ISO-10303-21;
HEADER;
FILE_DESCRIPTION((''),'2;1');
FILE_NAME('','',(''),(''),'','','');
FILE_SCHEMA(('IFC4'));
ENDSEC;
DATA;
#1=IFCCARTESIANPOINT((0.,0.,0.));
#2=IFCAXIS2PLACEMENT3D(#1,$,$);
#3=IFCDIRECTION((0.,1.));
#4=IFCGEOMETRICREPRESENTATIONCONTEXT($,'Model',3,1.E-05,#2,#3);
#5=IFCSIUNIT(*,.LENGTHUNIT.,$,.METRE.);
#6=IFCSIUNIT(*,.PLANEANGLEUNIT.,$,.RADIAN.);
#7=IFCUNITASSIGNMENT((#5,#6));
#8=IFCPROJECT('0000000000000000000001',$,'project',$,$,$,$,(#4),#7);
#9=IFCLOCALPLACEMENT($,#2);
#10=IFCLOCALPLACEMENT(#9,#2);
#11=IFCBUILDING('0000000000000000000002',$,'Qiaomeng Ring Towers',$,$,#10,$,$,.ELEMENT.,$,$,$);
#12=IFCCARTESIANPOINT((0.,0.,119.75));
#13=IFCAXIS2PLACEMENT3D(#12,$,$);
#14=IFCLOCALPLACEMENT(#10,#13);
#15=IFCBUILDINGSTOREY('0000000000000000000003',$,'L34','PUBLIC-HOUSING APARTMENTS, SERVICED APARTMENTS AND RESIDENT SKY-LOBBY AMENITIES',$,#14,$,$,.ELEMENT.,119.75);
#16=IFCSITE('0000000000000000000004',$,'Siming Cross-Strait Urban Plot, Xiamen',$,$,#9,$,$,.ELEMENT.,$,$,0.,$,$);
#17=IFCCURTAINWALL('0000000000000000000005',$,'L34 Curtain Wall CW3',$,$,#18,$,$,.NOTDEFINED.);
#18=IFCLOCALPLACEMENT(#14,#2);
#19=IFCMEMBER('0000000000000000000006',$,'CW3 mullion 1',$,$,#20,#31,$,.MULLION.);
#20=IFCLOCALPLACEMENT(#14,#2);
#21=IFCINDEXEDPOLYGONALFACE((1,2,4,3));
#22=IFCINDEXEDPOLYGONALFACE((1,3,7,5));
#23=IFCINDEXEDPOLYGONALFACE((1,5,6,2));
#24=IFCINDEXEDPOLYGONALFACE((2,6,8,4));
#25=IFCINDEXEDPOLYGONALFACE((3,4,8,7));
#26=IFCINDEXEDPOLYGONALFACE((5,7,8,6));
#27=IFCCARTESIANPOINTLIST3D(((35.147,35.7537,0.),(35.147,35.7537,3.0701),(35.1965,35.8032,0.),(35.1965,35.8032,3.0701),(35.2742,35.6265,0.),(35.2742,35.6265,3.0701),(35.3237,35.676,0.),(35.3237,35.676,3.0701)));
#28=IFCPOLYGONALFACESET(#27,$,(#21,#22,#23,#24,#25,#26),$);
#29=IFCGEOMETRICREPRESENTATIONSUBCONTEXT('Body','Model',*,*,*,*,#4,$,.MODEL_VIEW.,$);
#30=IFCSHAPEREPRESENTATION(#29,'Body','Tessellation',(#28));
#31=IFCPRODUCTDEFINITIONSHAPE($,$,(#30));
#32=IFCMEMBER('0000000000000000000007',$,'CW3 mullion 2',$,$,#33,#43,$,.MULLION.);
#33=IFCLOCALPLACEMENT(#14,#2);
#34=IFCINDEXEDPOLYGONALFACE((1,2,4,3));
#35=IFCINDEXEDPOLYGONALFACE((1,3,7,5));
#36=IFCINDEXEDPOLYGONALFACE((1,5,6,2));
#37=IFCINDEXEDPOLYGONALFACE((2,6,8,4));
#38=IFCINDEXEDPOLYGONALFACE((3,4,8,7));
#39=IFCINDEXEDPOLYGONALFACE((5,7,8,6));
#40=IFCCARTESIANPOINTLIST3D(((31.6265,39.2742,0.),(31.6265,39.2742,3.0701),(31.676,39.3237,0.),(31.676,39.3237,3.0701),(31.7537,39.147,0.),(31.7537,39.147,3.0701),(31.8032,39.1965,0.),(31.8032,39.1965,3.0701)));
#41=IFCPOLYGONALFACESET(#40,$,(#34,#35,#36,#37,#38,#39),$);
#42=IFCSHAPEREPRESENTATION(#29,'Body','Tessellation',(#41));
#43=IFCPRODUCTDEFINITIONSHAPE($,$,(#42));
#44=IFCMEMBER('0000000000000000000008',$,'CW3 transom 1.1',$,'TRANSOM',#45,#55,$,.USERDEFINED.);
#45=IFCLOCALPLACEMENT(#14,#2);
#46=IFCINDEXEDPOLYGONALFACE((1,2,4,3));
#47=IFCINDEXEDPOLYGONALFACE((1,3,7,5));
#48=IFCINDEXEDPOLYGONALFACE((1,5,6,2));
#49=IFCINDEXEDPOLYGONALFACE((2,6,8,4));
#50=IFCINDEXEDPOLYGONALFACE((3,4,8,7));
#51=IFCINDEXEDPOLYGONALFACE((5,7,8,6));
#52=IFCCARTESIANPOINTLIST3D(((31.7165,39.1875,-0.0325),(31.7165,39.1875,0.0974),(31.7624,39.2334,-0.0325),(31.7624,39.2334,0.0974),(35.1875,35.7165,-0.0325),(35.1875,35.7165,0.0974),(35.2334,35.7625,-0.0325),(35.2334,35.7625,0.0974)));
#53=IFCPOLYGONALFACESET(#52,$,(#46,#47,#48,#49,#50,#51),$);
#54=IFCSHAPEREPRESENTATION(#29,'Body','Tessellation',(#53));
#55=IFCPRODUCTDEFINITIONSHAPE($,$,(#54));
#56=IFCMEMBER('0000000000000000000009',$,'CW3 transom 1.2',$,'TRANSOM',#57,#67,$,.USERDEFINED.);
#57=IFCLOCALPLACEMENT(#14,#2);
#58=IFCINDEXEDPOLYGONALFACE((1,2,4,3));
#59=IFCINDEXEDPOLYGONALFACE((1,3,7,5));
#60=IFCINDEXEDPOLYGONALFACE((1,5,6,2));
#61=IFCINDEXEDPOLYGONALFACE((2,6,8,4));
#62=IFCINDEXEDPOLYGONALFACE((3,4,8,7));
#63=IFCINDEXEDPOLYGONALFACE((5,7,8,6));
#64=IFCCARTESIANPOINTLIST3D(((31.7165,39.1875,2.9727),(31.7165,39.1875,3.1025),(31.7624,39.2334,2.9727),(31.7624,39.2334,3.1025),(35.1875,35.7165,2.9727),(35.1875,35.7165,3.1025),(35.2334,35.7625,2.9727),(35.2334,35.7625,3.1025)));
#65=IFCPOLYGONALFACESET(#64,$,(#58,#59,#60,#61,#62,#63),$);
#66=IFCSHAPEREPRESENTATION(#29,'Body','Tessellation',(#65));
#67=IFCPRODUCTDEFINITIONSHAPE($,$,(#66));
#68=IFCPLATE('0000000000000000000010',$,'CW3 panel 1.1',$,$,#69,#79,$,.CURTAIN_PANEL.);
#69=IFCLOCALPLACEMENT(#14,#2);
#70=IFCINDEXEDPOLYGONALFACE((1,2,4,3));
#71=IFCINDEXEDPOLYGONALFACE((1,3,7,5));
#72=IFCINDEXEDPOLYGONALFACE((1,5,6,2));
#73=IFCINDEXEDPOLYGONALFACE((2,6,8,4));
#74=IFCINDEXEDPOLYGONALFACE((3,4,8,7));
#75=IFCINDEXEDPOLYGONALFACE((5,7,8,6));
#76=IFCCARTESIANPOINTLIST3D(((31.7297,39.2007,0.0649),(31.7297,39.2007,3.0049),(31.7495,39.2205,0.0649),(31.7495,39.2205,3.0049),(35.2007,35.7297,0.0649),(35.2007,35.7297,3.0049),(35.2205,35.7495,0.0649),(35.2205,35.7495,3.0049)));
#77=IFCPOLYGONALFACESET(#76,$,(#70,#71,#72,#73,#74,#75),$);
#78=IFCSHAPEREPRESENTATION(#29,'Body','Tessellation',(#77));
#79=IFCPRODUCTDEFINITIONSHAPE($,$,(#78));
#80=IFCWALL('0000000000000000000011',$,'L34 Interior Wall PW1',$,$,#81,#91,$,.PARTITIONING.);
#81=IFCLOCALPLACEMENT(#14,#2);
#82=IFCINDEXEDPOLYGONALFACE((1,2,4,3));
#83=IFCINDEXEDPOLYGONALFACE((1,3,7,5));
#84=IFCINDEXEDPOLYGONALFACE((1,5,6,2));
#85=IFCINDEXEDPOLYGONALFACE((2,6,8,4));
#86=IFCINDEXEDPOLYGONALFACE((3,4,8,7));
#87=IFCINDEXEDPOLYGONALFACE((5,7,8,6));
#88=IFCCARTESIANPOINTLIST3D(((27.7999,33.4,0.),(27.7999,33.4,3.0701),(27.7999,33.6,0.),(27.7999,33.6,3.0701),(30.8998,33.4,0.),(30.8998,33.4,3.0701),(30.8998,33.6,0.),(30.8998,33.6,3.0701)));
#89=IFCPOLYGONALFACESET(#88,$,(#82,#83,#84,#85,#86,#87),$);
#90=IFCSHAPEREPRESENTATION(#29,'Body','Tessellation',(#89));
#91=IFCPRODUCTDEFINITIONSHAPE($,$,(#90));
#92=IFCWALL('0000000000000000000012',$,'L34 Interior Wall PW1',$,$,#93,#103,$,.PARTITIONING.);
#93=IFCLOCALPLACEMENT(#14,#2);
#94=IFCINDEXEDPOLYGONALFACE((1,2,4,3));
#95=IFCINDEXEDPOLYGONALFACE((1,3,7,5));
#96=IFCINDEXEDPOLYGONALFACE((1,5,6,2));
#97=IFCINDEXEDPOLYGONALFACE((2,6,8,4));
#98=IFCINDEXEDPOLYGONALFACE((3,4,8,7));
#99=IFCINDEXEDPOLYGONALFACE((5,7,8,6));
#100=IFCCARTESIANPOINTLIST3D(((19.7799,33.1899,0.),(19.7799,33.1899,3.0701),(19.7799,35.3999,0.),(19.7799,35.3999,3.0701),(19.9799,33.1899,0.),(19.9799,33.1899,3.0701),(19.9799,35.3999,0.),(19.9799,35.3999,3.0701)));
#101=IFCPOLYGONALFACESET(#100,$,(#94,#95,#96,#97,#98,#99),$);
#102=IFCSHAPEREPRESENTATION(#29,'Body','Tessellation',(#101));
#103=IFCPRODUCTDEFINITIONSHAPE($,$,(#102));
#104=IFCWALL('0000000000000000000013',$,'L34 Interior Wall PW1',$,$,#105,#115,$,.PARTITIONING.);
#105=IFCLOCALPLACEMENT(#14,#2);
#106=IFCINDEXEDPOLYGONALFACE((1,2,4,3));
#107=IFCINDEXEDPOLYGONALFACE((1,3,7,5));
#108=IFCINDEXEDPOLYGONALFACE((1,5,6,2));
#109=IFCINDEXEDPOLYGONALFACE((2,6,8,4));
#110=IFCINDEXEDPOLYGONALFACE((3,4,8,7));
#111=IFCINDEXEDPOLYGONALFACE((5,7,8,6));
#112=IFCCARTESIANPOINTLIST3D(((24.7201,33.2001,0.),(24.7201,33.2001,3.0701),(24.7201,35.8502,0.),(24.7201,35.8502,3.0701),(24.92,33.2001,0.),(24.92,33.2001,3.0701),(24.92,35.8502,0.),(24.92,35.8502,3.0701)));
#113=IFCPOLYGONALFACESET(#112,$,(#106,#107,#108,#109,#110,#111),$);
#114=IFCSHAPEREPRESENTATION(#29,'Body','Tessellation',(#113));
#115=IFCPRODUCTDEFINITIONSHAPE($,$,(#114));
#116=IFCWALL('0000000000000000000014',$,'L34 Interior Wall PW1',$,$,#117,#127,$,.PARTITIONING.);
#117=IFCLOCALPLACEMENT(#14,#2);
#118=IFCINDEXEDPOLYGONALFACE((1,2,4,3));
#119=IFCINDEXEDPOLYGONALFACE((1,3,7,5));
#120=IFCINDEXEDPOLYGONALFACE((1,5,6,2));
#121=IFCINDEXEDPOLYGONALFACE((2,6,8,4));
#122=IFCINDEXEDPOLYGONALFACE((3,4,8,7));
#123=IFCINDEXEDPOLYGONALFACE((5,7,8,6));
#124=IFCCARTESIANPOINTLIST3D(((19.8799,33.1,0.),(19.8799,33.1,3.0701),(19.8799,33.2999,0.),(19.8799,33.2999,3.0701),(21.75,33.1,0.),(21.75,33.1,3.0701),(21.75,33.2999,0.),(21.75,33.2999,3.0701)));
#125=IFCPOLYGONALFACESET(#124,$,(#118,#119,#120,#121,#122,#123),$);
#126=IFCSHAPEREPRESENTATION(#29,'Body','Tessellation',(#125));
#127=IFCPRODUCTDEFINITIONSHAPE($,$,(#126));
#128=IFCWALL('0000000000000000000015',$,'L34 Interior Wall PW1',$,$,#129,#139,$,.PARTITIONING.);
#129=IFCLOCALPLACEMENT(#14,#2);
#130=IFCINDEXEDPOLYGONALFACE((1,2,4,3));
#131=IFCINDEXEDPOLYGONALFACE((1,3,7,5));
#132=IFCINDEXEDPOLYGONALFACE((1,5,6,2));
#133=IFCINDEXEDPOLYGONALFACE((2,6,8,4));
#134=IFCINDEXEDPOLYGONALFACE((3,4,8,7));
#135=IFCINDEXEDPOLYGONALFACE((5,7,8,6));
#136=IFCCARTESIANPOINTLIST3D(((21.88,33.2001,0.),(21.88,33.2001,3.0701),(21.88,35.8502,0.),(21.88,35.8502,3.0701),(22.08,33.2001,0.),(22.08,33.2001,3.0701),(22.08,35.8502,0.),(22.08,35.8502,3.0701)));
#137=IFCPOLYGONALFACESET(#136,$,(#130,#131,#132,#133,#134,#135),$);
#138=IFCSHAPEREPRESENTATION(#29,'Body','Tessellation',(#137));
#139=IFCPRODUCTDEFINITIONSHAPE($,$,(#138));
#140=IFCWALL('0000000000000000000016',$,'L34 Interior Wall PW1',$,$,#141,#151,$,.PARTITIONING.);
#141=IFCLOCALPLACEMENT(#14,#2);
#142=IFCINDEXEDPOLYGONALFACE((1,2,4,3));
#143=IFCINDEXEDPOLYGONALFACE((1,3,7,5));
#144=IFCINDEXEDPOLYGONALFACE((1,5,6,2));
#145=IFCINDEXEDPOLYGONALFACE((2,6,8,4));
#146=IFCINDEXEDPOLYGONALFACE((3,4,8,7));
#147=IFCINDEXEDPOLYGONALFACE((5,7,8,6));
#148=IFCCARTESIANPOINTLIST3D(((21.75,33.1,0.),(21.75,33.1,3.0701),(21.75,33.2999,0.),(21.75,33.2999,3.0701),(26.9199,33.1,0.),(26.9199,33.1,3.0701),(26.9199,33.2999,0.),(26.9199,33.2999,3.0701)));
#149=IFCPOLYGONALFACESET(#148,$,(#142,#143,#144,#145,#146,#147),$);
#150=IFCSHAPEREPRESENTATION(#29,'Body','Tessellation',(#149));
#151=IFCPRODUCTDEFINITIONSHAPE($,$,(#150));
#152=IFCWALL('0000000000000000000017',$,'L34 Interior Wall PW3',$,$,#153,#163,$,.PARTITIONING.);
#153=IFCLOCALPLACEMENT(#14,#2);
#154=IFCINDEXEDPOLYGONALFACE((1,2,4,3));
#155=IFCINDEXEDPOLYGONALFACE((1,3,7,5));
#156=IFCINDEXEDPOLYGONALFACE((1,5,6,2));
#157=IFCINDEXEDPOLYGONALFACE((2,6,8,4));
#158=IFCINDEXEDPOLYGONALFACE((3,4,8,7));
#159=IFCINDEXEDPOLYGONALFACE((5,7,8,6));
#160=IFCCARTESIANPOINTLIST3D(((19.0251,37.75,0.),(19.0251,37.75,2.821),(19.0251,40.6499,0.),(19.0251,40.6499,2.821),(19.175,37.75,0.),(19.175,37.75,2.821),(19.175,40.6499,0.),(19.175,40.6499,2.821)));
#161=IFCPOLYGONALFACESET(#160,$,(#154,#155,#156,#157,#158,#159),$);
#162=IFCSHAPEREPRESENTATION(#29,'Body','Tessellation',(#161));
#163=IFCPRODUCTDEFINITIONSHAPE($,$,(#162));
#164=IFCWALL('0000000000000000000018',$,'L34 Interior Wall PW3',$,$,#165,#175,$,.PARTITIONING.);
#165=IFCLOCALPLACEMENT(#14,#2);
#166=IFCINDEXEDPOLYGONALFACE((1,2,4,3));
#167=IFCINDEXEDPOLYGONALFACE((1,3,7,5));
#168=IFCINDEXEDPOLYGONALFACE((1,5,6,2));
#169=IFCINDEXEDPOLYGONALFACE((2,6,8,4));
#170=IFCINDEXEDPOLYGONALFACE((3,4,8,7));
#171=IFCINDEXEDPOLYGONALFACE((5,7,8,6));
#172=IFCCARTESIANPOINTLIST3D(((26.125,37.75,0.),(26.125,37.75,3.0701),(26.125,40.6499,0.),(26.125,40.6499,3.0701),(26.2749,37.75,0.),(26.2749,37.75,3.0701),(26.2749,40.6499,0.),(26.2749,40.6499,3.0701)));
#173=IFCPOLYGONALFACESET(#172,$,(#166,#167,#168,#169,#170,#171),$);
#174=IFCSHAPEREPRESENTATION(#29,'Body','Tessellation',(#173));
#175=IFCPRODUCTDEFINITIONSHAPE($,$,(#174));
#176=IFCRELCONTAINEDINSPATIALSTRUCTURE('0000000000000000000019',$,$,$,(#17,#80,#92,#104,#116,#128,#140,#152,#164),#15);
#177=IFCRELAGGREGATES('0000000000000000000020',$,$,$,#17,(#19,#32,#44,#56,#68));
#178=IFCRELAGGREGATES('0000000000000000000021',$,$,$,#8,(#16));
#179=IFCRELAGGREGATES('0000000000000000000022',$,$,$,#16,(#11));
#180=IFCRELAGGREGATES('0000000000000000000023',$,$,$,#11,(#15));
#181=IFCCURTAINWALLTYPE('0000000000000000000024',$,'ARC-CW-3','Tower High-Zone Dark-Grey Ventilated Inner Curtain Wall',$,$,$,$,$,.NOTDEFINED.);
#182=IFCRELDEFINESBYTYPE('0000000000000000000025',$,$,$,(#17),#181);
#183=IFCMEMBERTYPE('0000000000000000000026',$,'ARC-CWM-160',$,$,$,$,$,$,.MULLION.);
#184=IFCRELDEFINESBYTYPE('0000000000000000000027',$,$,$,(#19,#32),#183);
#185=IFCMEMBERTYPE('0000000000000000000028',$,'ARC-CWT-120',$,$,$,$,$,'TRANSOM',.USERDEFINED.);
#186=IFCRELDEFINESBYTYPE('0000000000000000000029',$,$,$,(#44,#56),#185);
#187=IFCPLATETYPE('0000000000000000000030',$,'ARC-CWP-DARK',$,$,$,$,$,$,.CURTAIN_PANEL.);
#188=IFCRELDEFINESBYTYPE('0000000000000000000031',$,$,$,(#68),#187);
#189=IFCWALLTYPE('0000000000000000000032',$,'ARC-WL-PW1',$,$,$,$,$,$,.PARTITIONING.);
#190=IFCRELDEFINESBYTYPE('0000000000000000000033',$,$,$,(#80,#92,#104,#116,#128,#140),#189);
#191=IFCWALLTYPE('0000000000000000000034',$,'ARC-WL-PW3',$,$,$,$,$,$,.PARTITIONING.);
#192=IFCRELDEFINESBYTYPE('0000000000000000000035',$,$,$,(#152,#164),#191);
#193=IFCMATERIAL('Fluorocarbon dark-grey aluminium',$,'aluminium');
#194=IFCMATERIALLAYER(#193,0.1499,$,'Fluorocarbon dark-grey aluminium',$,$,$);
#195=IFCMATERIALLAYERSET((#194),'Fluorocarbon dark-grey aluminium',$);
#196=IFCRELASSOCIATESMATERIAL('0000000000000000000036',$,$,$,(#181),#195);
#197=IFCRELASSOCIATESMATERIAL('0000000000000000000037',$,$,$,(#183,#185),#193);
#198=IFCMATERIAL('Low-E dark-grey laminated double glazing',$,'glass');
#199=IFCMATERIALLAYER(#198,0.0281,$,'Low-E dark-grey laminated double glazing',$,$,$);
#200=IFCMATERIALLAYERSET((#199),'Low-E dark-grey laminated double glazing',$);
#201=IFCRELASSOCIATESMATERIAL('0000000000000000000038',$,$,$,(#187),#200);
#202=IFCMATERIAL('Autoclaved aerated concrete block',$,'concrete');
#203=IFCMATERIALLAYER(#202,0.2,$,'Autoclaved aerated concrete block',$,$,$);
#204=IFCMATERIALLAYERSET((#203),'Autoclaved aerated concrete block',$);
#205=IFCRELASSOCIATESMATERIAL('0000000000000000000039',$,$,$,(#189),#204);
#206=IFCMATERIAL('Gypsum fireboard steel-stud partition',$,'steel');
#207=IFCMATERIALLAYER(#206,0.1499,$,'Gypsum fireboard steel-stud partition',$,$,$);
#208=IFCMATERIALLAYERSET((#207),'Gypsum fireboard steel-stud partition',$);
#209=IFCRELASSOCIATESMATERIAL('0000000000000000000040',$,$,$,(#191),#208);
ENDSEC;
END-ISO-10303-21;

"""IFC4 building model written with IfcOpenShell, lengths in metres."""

from ifc_helpers import new_model, si_unit, direction, frame, frame_2d, origin, origin_2d, place, context, subcontext, project, spatial, rectangle, extrude, source, transform, mapped, material, layer, layer_set, material_profile, profile_set, type_object, element, aggregate, save


model = new_model("IFC4")

# Units and contexts
model_context = context("Model", 3, precision=1e-05, world=origin(), true_north=direction((0.0, 1.0)))
body_context = subcontext(model_context, "Body", "Model", "MODEL_VIEW")
ifc_project = project(units=[si_unit("LENGTHUNIT", "METRE"), si_unit("PLANEANGLEUNIT", "RADIAN")], contexts=[model_context])

# Site, building, storey
site_placement = place(None, origin())
site = spatial("IfcSite", under=ifc_project, at=site_placement, Name="Siming Cross-Strait Urban Plot, Xiamen", CompositionType="ELEMENT", RefElevation=0.0)
building_placement = place(site_placement, origin())
building = spatial("IfcBuilding", under=site, at=building_placement, Name="Qiaomeng Ring Towers", CompositionType="ELEMENT")
storey_placement = place(building_placement, frame((0.0, 0.0, 119.75)))
storey = spatial("IfcBuildingStorey", under=building, at=storey_placement, Name="L34", Description="PUBLIC-HOUSING APARTMENTS, SERVICED APARTMENTS AND RESIDENT SKY-LOBBY AMENITIES", CompositionType="ELEMENT", Elevation=119.75)

# Curtain wall, members, plate
ifc_material_1 = material(Name="Fluorocarbon dark-grey aluminium", Category="aluminium")
ifc_layer_1 = layer(ifc_material_1, 0.1499, Name="Fluorocarbon dark-grey aluminium")
ifc_layer_set_1 = layer_set([ifc_layer_1], Name="Fluorocarbon dark-grey aluminium")
curtain_wall_type = type_object("IfcCurtainWallType", Name="ARC-CW-3", Description="Tower High-Zone Dark-Grey Ventilated Inner Curtain Wall", PredefinedType="NOTDEFINED", material=ifc_layer_set_1)
curtain_wall_placement = place(storey_placement, origin())
curtain_wall = element("IfcCurtainWall", 1, at=curtain_wall_placement, inside=storey, type_object=curtain_wall_type, Name="L34 Curtain Wall CW3", PredefinedType="NOTDEFINED")
ifc_material_profile_1 = material_profile(ifc_material_1, rectangle(XDim=0.0701, YDim=0.1799, at=origin_2d()), Name="ALU MULL 70x180")
ifc_profile_set_1 = profile_set([ifc_material_profile_1], Name="Fluorocarbon dark-grey aluminium")
member_type_1 = type_object("IfcMemberType", Name="ARC-CWM-160", PredefinedType="MULLION", material=ifc_profile_set_1)
shared_shape_1 = source(origin(), body_context, "Body", "SweptSolid", [
    extrude(rectangle(XDim=0.0701, YDim=0.1799, at=origin_2d()), origin(), (0.0, 0.0, 1.0), 3.0701),
])
member_1_placement = place(storey_placement, frame((35.2354, 35.7148, 0.0), z_axis=(0.0, 0.0, 1.0), x_axis=(-0.707107, -0.707107, 0.0)))
member_1 = element("IfcMember", 2, at=member_1_placement, type_object=member_type_1, Name="CW3 mullion 1", PredefinedType="MULLION", context=body_context, shape_type="MappedRepresentation", body=[
    mapped(shared_shape_1, transform((0.0, 0.0, 0.0), x_axis=(1.0, 0.0, 0.0), y_axis=(0.0, 1.0, 0.0), z_axis=(0.0, 0.0, 1.0), scale=1.0)),
])
member_2_placement = place(storey_placement, frame((31.7148, 39.2354, 0.0), z_axis=(0.0, 0.0, 1.0), x_axis=(-0.707107, -0.707107, 0.0)))
member_2 = element("IfcMember", 3, at=member_2_placement, type_object=member_type_1, Name="CW3 mullion 2", PredefinedType="MULLION", context=body_context, shape_type="MappedRepresentation", body=[
    mapped(shared_shape_1, transform((0.0, 0.0, 0.0), x_axis=(1.0, 0.0, 0.0), y_axis=(0.0, 1.0, 0.0), z_axis=(0.0, 0.0, 1.0), scale=1.0)),
])
ifc_material_profile_2 = material_profile(ifc_material_1, rectangle(XDim=0.0649, YDim=0.1299, at=origin_2d()), Name="ALU TRAN 65x130")
ifc_profile_set_2 = profile_set([ifc_material_profile_2], Name="Fluorocarbon dark-grey aluminium")
member_type_2 = type_object("IfcMemberType", Name="ARC-CWT-120", ElementType="TRANSOM", PredefinedType="USERDEFINED", material=ifc_profile_set_2)
shared_shape_2 = source(origin(), body_context, "Body", "SweptSolid", [
    extrude(rectangle(XDim=0.0649, YDim=0.1299, at=origin_2d()), origin(), (0.0, 0.0, 1.0), 4.9087),
])
member_3_placement = place(storey_placement, frame((35.2104, 35.7395, 0.0325), z_axis=(-0.707107, 0.707107, 0.0), x_axis=(-0.707107, -0.707107, 0.0)))
member_3 = element("IfcMember", 4, at=member_3_placement, type_object=member_type_2, Name="CW3 transom 1.1", ObjectType="TRANSOM", PredefinedType="USERDEFINED", context=body_context, shape_type="MappedRepresentation", body=[
    mapped(shared_shape_2, transform((0.0, 0.0, 0.0), x_axis=(1.0, 0.0, 0.0), y_axis=(0.0, 1.0, 0.0), z_axis=(0.0, 0.0, 1.0), scale=1.0)),
])
member_4_placement = place(storey_placement, frame((35.2104, 35.7395, 3.0376), z_axis=(-0.707107, 0.707107, 0.0), x_axis=(-0.707107, -0.707107, 0.0)))
member_4 = element("IfcMember", 5, at=member_4_placement, type_object=member_type_2, Name="CW3 transom 1.2", ObjectType="TRANSOM", PredefinedType="USERDEFINED", context=body_context, shape_type="MappedRepresentation", body=[
    mapped(shared_shape_2, transform((0.0, 0.0, 0.0), x_axis=(1.0, 0.0, 0.0), y_axis=(0.0, 1.0, 0.0), z_axis=(0.0, 0.0, 1.0), scale=1.0)),
])
ifc_material_2 = material(Name="Low-E dark-grey laminated double glazing", Category="glass")
ifc_layer_2 = layer(ifc_material_2, 0.0281, Name="Low-E dark-grey laminated double glazing")
ifc_layer_set_2 = layer_set([ifc_layer_2], Name="Low-E dark-grey laminated double glazing")
plate_type = type_object("IfcPlateType", Name="ARC-CWP-DARK", PredefinedType="CURTAIN_PANEL", material=ifc_layer_set_2)
shared_shape_3 = source(origin(), body_context, "Body", "SweptSolid", [
    extrude(rectangle(XDim=4.9087, YDim=0.0281, at=origin_2d()), origin(), (0.0, 0.0, 1.0), 2.9399),
])
plate_placement = place(storey_placement, frame((33.4751, 37.4751, 0.0649), z_axis=(0.0, 0.0, 1.0), x_axis=(-0.707107, 0.707107, 0.0)))
plate = element("IfcPlate", 6, at=plate_placement, type_object=plate_type, Name="CW3 panel 1.1", PredefinedType="CURTAIN_PANEL", context=body_context, shape_type="MappedRepresentation", body=[
    mapped(shared_shape_3, transform((0.0, 0.0, 0.0), x_axis=(1.0, 0.0, 0.0), y_axis=(0.0, 1.0, 0.0), z_axis=(0.0, 0.0, 1.0), scale=1.0)),
])
aggregate(curtain_wall, [member_1, member_2, member_3, member_4, plate])

# Walls
ifc_material_3 = material(Name="Autoclaved aerated concrete block", Category="concrete")
ifc_layer_3 = layer(ifc_material_3, 0.2, Name="Autoclaved aerated concrete block")
ifc_layer_set_3 = layer_set([ifc_layer_3], Name="Autoclaved aerated concrete block")
wall_type_1 = type_object("IfcWallType", Name="ARC-WL-PW1", PredefinedType="PARTITIONING", material=ifc_layer_set_3)
wall_1_placement = place(storey_placement, frame((27.8, 33.5, 0.0), z_axis=(0.0, 0.0, 1.0), x_axis=(1.0, 0.0, 0.0)))
element("IfcWall", 7, at=wall_1_placement, inside=storey, type_object=wall_type_1, Name="L34 Interior Wall PW1", PredefinedType="PARTITIONING", context=body_context, shape_type="SweptSolid", body=[
    extrude(rectangle(XDim=3.0999, YDim=0.2, at=frame_2d((1.5498, 0.0))), origin(), (0.0, 0.0, 1.0), 3.0701),
])
wall_2_placement = place(storey_placement, frame((19.8799, 33.1899, 0.0), z_axis=(0.0, 0.0, 1.0), x_axis=(0.0, 1.0, 0.0)))
element("IfcWall", 8, at=wall_2_placement, inside=storey, type_object=wall_type_1, Name="L34 Interior Wall PW1", PredefinedType="PARTITIONING", context=body_context, shape_type="SweptSolid", body=[
    extrude(rectangle(XDim=2.21, YDim=0.2, at=frame_2d((1.105, 0.0))), origin(), (0.0, 0.0, 1.0), 3.0701),
])
wall_3_placement = place(storey_placement, frame((24.8201, 33.2, 0.0), z_axis=(0.0, 0.0, 1.0), x_axis=(0.0, 1.0, 0.0)))
element("IfcWall", 9, at=wall_3_placement, inside=storey, type_object=wall_type_1, Name="L34 Interior Wall PW1", PredefinedType="PARTITIONING", context=body_context, shape_type="SweptSolid", body=[
    extrude(rectangle(XDim=2.6501, YDim=0.2, at=frame_2d((1.3252, 0.0))), origin(), (0.0, 0.0, 1.0), 3.0701),
])
wall_4_placement = place(storey_placement, frame((19.8799, 33.2, 0.0), z_axis=(0.0, 0.0, 1.0), x_axis=(1.0, 0.0, 0.0)))
element("IfcWall", 10, at=wall_4_placement, inside=storey, type_object=wall_type_1, Name="L34 Interior Wall PW1", PredefinedType="PARTITIONING", context=body_context, shape_type="SweptSolid", body=[
    extrude(rectangle(XDim=1.8701, YDim=0.2, at=frame_2d((0.9351, 0.0))), origin(), (0.0, 0.0, 1.0), 3.0701),
])
wall_5_placement = place(storey_placement, frame((21.98, 33.2, 0.0), z_axis=(0.0, 0.0, 1.0), x_axis=(0.0, 1.0, 0.0)))
element("IfcWall", 11, at=wall_5_placement, inside=storey, type_object=wall_type_1, Name="L34 Interior Wall PW1", PredefinedType="PARTITIONING", context=body_context, shape_type="SweptSolid", body=[
    extrude(rectangle(XDim=2.6501, YDim=0.2, at=frame_2d((1.3252, 0.0))), origin(), (0.0, 0.0, 1.0), 3.0701),
])
wall_6_placement = place(storey_placement, frame((21.75, 33.2, 0.0), z_axis=(0.0, 0.0, 1.0), x_axis=(1.0, 0.0, 0.0)))
element("IfcWall", 12, at=wall_6_placement, inside=storey, type_object=wall_type_1, Name="L34 Interior Wall PW1", PredefinedType="PARTITIONING", context=body_context, shape_type="SweptSolid", body=[
    extrude(rectangle(XDim=5.1699, YDim=0.2, at=frame_2d((2.585, 0.0))), origin(), (0.0, 0.0, 1.0), 3.0701),
])
ifc_material_4 = material(Name="Gypsum fireboard steel-stud partition", Category="steel")
ifc_layer_4 = layer(ifc_material_4, 0.1499, Name="Gypsum fireboard steel-stud partition")
ifc_layer_set_4 = layer_set([ifc_layer_4], Name="Gypsum fireboard steel-stud partition")
wall_type_2 = type_object("IfcWallType", Name="ARC-WL-PW3", PredefinedType="PARTITIONING", material=ifc_layer_set_4)
wall_7_placement = place(storey_placement, frame((19.1001, 37.75, 0.0), z_axis=(0.0, 0.0, 1.0), x_axis=(0.0, 1.0, 0.0)))
element("IfcWall", 13, at=wall_7_placement, inside=storey, type_object=wall_type_2, Name="L34 Interior Wall PW3", PredefinedType="PARTITIONING", context=body_context, shape_type="SweptSolid", body=[
    extrude(rectangle(XDim=2.8999, YDim=0.1499, at=frame_2d((1.45, 0.0))), origin(), (0.0, 0.0, 1.0), 2.821),
])
for number, where, z_axis, x_axis, name in (
    (14, (26.2, 37.75, 0.0), (0.0, 0.0, 1.0), (0.0, 1.0, 0.0), "L34 Interior Wall PW3"),
):
    element("IfcWall", number, at=place(storey_placement, frame(where, z_axis=z_axis, x_axis=x_axis)), inside=storey, type_object=wall_type_2, Name=name, PredefinedType="PARTITIONING", context=body_context, shape_type="SweptSolid", body=[
        extrude(rectangle(XDim=2.8999, YDim=0.1499, at=frame_2d((1.45, 0.0))), origin(), (0.0, 0.0, 1.0), 3.0701),
    ])

save(model, "model.ifc")
